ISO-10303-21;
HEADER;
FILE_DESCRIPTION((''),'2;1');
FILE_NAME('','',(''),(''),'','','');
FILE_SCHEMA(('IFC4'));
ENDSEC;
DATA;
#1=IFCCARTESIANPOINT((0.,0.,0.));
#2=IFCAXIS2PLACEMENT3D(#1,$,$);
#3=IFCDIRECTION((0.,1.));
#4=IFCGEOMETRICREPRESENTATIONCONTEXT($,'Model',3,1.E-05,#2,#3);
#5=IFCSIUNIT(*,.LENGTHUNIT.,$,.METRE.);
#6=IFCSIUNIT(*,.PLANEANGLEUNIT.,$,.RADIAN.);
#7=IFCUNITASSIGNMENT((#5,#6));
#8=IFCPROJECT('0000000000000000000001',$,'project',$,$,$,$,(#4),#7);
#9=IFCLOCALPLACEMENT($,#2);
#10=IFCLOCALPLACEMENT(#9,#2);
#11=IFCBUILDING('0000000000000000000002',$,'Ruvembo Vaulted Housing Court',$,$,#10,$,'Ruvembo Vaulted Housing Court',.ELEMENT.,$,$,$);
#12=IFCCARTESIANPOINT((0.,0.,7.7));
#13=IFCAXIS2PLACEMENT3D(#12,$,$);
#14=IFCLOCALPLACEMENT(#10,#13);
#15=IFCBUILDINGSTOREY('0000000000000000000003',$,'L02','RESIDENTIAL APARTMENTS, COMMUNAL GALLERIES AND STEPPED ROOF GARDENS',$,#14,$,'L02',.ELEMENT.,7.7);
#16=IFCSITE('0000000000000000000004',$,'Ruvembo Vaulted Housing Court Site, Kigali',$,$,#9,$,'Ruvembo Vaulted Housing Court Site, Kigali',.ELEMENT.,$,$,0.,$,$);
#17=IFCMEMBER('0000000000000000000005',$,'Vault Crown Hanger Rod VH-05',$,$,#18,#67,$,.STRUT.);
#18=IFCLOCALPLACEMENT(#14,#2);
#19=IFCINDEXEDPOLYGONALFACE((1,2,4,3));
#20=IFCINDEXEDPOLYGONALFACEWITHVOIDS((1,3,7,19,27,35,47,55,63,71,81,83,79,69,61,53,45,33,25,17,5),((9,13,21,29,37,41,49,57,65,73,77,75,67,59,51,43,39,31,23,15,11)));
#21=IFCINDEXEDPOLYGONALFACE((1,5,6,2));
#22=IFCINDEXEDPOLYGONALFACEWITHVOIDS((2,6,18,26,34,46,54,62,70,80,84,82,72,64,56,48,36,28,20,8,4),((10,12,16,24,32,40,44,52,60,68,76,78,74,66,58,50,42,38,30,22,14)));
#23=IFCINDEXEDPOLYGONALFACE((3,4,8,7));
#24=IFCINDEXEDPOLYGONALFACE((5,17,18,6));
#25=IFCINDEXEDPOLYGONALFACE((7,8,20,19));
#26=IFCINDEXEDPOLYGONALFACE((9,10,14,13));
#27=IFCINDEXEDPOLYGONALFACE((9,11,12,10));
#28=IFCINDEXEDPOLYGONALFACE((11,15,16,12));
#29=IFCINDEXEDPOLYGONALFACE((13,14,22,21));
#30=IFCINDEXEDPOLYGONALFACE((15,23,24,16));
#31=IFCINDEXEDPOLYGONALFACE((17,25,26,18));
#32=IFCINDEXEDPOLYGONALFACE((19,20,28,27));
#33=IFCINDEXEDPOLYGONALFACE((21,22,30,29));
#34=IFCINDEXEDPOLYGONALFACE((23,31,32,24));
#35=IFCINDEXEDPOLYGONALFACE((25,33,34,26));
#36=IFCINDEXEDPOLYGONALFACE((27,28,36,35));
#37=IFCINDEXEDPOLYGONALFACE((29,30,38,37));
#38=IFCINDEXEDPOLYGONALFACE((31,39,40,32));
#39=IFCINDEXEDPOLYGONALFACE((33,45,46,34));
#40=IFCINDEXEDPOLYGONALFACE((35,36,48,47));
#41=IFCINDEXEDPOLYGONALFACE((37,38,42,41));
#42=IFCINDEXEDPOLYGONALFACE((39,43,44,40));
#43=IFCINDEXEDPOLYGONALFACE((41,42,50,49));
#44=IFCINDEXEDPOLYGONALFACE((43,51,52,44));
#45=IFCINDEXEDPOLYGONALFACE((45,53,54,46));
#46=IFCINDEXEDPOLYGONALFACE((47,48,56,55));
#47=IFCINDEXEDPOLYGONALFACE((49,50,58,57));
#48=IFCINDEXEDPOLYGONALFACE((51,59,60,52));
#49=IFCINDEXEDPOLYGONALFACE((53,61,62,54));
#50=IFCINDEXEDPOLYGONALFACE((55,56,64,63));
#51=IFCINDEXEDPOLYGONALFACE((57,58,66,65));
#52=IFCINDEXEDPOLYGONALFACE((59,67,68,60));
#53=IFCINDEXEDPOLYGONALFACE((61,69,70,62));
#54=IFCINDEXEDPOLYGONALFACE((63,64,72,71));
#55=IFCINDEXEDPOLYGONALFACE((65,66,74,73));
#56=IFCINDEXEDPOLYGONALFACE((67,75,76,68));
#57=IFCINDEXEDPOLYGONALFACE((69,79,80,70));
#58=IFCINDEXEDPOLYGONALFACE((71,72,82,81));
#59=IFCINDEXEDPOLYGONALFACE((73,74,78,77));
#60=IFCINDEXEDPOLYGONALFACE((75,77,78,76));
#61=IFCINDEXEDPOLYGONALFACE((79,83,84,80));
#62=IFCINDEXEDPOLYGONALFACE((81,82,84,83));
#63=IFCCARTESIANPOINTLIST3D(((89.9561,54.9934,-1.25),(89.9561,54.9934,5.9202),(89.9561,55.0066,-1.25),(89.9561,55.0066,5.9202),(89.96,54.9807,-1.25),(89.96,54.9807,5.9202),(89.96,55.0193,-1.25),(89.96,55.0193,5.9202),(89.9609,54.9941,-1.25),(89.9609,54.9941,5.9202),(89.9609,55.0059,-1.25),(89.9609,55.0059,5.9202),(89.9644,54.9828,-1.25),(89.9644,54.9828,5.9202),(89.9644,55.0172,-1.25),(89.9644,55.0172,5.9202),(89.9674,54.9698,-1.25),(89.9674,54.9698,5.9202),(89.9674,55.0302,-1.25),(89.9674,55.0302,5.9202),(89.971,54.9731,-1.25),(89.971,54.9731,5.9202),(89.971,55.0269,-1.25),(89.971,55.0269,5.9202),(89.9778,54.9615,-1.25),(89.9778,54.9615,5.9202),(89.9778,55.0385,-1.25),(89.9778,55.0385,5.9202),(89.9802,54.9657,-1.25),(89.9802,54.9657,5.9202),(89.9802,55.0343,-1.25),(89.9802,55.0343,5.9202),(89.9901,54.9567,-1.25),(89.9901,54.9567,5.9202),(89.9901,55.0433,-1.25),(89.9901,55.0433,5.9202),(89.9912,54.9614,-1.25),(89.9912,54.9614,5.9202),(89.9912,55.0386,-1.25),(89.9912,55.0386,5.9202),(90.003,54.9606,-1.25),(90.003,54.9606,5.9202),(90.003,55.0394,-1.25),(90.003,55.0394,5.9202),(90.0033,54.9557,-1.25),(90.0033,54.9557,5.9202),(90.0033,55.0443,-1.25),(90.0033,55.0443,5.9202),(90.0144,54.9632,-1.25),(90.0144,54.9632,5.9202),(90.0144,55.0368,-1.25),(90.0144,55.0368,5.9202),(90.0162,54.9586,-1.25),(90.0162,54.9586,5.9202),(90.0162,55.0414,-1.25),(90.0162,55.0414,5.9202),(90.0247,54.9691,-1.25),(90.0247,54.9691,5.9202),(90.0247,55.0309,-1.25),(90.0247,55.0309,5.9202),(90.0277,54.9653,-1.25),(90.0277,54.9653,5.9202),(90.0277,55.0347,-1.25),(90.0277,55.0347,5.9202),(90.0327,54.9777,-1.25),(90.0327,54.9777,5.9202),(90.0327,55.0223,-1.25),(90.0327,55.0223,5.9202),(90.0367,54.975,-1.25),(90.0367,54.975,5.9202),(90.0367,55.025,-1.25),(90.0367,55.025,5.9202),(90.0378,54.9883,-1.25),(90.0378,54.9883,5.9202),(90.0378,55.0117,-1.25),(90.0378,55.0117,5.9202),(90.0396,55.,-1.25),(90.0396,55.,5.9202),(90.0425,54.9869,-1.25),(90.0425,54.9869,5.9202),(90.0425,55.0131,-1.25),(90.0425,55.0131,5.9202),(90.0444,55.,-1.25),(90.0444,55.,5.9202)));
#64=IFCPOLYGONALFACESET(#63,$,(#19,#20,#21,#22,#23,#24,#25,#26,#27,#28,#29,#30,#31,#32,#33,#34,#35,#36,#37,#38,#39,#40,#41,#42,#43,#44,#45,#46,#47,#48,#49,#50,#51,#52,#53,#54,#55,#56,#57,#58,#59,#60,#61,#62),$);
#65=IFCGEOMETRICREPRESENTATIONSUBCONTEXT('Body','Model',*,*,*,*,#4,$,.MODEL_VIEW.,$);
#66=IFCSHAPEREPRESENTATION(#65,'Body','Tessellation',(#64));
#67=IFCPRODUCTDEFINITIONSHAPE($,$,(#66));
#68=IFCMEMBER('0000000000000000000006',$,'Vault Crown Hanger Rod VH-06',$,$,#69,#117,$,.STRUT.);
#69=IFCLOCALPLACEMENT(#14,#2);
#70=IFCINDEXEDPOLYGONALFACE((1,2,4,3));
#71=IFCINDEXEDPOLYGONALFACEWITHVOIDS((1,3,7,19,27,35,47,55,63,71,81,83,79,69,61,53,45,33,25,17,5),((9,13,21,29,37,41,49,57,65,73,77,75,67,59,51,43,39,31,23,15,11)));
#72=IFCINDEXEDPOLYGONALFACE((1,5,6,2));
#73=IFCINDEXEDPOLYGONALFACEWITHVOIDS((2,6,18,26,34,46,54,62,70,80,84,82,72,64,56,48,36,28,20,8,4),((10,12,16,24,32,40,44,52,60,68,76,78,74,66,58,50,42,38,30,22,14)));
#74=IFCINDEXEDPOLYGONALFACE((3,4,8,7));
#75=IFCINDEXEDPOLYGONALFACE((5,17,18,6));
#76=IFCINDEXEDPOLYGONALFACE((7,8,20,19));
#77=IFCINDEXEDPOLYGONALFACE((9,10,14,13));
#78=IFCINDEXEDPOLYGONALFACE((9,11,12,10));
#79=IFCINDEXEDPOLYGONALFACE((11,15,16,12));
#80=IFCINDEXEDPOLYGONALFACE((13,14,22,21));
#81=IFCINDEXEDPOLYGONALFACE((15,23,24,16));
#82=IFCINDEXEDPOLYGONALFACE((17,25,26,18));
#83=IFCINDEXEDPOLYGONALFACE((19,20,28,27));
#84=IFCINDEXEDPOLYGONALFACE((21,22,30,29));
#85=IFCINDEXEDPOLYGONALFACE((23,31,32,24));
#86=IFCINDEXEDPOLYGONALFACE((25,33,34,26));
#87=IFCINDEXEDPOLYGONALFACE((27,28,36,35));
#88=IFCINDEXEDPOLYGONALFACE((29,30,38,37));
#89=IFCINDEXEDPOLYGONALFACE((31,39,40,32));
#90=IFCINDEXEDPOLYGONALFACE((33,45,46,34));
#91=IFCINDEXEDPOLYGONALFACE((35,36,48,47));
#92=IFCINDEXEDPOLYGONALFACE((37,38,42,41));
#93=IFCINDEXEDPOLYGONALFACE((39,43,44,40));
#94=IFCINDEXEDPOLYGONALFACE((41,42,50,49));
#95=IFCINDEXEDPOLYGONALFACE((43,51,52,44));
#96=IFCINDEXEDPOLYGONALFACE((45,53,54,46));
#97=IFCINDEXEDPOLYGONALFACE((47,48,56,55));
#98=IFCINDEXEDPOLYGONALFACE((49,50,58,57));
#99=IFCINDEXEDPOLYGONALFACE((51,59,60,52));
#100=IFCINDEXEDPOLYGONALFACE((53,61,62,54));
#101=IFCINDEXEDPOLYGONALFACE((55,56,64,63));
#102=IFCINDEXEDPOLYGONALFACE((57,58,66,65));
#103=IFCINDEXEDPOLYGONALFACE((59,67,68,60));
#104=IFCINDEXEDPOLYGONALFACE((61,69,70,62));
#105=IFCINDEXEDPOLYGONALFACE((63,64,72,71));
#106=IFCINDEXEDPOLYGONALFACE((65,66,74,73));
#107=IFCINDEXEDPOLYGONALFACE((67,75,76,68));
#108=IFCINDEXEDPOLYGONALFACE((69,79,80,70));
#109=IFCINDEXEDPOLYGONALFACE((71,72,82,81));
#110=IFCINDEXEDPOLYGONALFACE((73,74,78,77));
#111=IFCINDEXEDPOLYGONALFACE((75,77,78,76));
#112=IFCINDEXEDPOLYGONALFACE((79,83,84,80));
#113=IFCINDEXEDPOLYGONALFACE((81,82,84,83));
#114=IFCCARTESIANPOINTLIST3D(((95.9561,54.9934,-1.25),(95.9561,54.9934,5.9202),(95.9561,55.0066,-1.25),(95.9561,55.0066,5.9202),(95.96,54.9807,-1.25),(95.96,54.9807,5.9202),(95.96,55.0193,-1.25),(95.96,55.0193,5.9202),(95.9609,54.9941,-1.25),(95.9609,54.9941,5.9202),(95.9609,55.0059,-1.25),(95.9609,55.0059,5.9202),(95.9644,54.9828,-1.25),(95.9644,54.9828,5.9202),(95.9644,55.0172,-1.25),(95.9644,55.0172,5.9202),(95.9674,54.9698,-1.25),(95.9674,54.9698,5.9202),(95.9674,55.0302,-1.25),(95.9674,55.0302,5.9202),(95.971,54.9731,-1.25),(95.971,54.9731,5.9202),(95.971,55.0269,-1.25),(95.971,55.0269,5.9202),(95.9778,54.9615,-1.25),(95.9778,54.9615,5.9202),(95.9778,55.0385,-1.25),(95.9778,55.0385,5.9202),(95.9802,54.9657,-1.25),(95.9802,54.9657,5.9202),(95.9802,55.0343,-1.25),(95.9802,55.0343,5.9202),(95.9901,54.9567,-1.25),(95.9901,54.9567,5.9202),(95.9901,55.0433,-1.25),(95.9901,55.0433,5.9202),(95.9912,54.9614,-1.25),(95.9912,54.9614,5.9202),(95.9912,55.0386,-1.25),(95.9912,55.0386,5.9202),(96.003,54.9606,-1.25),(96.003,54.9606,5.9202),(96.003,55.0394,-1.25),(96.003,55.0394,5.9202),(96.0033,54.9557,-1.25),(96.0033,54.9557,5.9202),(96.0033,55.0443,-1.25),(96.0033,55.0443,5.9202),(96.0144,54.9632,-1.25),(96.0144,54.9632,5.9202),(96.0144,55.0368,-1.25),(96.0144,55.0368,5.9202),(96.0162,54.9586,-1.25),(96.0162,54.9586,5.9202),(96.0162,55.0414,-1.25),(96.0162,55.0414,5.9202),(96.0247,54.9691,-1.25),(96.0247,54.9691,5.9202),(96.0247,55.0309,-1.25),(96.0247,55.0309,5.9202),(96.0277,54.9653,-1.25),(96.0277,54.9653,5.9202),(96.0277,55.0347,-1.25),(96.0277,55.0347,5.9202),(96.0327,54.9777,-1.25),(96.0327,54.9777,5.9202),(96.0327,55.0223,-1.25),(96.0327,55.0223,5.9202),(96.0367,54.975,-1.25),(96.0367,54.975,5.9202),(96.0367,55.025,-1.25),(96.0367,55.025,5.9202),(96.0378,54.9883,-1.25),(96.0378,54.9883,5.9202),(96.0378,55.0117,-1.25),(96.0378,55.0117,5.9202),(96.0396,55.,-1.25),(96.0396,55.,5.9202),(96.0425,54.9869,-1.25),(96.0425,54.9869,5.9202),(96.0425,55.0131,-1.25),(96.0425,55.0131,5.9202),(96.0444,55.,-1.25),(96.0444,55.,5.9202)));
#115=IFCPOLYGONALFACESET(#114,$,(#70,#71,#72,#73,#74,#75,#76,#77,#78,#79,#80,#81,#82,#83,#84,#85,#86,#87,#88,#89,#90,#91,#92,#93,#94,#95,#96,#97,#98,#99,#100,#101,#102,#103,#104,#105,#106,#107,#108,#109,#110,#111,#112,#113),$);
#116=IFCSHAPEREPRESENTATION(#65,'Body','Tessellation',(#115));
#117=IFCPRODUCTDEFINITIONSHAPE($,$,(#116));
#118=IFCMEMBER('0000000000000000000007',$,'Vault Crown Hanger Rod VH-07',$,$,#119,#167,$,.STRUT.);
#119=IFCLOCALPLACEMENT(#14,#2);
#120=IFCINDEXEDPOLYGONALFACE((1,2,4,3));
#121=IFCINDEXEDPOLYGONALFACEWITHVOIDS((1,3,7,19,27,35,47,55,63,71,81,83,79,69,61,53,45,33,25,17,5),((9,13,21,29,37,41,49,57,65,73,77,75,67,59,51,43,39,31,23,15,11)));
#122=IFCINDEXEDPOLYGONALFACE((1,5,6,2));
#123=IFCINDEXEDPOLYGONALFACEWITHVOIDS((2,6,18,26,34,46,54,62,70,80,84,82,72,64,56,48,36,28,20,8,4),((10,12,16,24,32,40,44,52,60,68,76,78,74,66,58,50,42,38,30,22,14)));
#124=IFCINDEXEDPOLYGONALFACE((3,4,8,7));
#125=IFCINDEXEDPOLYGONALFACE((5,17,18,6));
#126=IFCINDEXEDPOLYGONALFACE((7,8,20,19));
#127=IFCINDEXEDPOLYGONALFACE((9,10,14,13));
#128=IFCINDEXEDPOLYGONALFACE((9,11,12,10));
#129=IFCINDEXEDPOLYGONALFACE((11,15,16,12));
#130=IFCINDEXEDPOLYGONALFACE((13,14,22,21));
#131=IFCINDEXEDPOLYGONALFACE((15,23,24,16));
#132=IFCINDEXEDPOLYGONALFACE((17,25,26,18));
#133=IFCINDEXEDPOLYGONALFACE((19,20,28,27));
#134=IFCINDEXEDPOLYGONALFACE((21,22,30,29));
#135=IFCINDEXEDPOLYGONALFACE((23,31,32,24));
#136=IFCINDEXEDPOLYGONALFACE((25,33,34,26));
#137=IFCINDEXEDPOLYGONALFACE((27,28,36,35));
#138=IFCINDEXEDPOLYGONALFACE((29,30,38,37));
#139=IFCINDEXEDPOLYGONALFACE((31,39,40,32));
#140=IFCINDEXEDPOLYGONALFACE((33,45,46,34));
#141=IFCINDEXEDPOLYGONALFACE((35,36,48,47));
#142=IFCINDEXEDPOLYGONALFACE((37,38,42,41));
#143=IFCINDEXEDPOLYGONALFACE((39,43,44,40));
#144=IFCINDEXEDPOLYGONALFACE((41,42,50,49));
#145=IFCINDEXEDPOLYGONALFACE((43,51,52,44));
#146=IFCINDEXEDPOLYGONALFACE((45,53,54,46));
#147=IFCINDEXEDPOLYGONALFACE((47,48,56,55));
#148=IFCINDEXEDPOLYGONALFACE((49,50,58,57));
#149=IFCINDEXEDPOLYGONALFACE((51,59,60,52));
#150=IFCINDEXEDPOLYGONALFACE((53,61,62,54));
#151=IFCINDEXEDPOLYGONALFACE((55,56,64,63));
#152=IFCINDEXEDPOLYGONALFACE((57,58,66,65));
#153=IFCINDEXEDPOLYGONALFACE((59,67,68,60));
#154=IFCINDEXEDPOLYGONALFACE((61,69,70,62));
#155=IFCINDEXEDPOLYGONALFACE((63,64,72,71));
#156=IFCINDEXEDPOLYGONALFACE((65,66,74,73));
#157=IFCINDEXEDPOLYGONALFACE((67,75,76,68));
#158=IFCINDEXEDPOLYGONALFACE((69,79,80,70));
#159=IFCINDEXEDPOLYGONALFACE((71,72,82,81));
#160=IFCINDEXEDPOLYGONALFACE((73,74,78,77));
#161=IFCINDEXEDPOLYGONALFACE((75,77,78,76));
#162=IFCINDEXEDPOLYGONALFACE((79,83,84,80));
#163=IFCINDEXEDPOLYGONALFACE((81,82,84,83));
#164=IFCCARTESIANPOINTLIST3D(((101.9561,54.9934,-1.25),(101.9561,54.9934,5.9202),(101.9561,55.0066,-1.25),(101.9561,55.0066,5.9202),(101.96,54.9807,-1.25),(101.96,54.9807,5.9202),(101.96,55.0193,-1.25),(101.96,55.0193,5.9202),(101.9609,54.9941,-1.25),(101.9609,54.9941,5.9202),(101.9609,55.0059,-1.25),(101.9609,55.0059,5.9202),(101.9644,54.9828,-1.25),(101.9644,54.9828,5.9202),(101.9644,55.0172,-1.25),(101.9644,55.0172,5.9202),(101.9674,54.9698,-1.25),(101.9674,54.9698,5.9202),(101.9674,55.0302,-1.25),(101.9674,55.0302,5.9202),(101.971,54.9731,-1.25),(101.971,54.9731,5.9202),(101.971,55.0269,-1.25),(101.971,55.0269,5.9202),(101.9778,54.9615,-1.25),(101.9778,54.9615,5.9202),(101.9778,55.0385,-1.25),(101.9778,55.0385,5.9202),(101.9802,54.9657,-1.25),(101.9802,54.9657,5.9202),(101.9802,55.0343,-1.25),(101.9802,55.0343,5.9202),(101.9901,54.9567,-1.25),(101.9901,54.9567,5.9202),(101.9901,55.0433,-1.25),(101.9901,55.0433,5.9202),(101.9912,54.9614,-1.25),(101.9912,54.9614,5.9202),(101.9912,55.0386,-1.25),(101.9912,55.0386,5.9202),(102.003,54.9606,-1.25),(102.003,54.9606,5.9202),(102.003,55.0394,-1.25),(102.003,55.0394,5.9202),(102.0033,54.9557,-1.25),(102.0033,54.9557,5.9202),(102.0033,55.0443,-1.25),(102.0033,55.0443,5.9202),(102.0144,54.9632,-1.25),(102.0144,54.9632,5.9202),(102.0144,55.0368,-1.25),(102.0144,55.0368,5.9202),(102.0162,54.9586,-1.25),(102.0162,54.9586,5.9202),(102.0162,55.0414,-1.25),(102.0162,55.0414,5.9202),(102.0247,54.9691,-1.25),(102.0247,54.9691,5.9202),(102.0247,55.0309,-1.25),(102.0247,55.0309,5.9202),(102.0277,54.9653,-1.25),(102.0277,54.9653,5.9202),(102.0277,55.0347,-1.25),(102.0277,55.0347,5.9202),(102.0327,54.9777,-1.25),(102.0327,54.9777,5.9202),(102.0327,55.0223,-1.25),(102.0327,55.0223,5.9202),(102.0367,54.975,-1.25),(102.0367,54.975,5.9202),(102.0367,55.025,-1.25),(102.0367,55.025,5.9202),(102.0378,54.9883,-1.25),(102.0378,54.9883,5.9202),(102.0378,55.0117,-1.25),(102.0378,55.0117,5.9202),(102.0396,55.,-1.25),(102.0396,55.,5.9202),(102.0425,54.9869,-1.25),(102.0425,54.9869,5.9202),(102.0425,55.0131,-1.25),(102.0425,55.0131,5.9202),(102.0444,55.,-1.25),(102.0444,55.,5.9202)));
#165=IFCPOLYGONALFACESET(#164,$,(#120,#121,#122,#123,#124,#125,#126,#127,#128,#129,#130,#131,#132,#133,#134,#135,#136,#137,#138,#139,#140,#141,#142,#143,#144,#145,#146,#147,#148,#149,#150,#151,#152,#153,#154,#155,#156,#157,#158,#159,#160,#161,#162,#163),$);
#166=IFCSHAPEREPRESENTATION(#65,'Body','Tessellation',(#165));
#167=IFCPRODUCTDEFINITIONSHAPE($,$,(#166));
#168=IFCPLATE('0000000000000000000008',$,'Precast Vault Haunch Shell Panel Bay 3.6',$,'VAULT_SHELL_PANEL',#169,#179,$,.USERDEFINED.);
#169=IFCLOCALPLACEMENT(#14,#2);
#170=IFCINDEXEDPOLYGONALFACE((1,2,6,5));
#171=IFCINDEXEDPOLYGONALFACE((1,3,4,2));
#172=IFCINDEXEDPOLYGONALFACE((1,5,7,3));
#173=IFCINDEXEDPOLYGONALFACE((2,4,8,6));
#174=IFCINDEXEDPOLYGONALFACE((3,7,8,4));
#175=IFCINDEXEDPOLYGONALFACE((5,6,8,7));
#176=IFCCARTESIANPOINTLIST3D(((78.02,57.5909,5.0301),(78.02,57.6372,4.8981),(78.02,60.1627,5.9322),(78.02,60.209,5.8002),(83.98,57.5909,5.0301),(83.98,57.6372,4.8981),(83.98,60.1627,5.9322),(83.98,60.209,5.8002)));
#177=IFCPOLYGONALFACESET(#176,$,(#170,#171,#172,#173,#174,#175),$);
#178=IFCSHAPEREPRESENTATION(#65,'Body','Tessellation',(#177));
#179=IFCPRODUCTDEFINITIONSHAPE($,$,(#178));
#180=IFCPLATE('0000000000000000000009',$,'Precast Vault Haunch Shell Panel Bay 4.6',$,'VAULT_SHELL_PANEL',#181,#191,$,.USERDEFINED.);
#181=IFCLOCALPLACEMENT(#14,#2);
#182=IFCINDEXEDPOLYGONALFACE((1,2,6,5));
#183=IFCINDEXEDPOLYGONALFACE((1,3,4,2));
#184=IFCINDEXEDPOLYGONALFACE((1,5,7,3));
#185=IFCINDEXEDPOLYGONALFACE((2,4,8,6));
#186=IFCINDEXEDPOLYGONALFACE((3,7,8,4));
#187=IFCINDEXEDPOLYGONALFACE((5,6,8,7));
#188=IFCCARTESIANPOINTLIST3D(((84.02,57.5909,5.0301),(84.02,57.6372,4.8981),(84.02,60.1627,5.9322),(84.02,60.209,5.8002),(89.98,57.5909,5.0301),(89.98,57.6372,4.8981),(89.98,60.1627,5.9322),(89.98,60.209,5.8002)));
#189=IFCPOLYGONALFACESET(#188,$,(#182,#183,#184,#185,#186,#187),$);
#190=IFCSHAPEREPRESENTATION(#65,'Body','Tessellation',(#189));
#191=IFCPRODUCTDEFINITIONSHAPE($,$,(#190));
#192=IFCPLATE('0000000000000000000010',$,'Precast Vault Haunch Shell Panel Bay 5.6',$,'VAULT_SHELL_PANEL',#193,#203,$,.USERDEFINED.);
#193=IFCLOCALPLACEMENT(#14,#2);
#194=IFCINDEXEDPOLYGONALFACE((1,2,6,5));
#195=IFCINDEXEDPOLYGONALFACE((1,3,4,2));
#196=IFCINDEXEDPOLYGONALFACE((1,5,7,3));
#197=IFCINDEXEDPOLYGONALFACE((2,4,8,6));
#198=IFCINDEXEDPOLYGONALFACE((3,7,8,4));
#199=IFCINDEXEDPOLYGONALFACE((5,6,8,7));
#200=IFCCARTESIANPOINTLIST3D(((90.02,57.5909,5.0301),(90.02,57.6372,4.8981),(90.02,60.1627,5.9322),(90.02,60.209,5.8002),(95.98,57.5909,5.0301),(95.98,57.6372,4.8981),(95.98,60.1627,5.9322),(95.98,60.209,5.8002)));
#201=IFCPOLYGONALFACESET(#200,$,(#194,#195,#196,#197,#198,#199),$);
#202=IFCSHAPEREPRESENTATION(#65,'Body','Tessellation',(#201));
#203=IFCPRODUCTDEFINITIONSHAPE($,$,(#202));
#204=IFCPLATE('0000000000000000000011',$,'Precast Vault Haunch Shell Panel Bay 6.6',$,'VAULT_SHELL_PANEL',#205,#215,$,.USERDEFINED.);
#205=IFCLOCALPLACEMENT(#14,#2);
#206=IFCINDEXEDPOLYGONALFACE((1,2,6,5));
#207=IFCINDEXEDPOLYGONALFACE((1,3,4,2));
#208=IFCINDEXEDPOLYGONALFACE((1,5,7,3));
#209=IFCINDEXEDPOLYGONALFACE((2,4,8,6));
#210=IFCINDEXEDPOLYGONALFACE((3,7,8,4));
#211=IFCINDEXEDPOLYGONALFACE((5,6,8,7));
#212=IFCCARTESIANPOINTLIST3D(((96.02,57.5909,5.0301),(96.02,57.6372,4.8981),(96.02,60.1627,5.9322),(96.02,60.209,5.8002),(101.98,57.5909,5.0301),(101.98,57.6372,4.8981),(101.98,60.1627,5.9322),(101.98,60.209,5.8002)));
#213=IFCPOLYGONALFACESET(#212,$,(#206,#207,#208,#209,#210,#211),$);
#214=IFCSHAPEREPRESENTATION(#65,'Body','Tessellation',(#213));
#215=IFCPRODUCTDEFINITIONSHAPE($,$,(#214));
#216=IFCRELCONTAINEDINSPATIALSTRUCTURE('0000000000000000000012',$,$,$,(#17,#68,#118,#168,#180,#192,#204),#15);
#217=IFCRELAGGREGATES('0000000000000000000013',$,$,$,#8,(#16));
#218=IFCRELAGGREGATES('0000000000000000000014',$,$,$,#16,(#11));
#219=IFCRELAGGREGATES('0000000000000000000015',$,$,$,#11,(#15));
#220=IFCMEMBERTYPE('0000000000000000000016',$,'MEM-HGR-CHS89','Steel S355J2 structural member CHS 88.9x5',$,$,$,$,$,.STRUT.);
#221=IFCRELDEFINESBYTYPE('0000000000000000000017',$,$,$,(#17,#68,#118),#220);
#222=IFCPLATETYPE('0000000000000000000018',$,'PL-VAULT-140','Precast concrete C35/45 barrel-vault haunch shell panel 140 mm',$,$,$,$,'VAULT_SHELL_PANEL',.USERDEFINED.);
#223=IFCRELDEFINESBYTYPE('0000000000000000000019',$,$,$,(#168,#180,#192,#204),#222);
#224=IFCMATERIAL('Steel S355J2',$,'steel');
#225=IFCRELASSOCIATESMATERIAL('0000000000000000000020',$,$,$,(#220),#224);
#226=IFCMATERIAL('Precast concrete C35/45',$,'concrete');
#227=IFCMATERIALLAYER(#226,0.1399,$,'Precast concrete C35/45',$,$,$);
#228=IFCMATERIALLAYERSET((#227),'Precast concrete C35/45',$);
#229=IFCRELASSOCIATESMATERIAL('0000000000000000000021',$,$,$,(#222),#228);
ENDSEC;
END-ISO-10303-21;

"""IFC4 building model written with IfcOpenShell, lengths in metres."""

from ifc_helpers import new_model, si_unit, direction, frame, origin, origin_2d, place, context, subcontext, project, spatial, rectangle, hollow_circle, extrude, material, layer, layer_set, material_profile, profile_set, type_object, element, save


model = new_model("IFC4")

# Units and contexts
model_context = context("Model", 3, precision=1e-05, world=origin(), true_north=direction((0.0, 1.0)))
body_context = subcontext(model_context, "Body", "Model", "MODEL_VIEW")
ifc_project = project(units=[si_unit("LENGTHUNIT", "METRE"), si_unit("PLANEANGLEUNIT", "RADIAN")], contexts=[model_context])

# Site, building, storey
site_placement = place(None, origin())
site = spatial("IfcSite", under=ifc_project, at=site_placement, Name="Ruvembo Vaulted Housing Court Site, Kigali", LongName="Ruvembo Vaulted Housing Court Site, Kigali", CompositionType="ELEMENT", RefElevation=0.0)
building_placement = place(site_placement, origin())
building = spatial("IfcBuilding", under=site, at=building_placement, Name="Ruvembo Vaulted Housing Court", LongName="Ruvembo Vaulted Housing Court", CompositionType="ELEMENT")
storey_placement = place(building_placement, frame((0.0, 0.0, 7.7)))
storey = spatial("IfcBuildingStorey", under=building, at=storey_placement, Name="L02", Description="RESIDENTIAL APARTMENTS, COMMUNAL GALLERIES AND STEPPED ROOF GARDENS", LongName="L02", CompositionType="ELEMENT", Elevation=7.7)

# Shared definitions
ifc_material_1 = material(Name="Steel S355J2", Category="steel")

# Members
ifc_material_profile_1 = material_profile(ifc_material_1, hollow_circle(Radius=0.0444, WallThickness=0.0049, at=origin_2d()), Name="CHS 88.9x5")
ifc_profile_set_1 = profile_set([ifc_material_profile_1], Name="Steel S355J2")
member_type_1 = type_object("IfcMemberType", Name="MEM-HGR-CHS89", Description="Steel S355J2 structural member CHS 88.9x5", PredefinedType="STRUT", material=ifc_profile_set_1)
for number, where, z_axis, x_axis, name in (
    (1, (90.0, 55.0, -1.25), (0.0, 0.0, 1.0), (1.0, 0.0, 0.0), "Vault Crown Hanger Rod VH-05"),
    (2, (96.0, 55.0, -1.25), (0.0, 0.0, 1.0), (1.0, 0.0, 0.0), "Vault Crown Hanger Rod VH-06"),
    (3, (102.0, 55.0, -1.25), (0.0, 0.0, 1.0), (1.0, 0.0, 0.0), "Vault Crown Hanger Rod VH-07"),
):
    element("IfcMember", number, at=place(storey_placement, frame(where, z_axis=z_axis, x_axis=x_axis)), inside=storey, type_object=member_type_1, Name=name, PredefinedType="STRUT", context=body_context, shape_type="SweptSolid", body=[
        extrude(hollow_circle(Radius=0.0444, WallThickness=0.0049, at=origin_2d()), origin(), (0.0, 0.0, 1.0), 7.1702),
    ])

# Plates
ifc_material_2 = material(Name="Precast concrete C35/45", Category="concrete")
ifc_layer = layer(ifc_material_2, 0.1399, Name="Precast concrete C35/45")
ifc_layer_set = layer_set([ifc_layer], Name="Precast concrete C35/45")
plate_type = type_object("IfcPlateType", Name="PL-VAULT-140", Description="Precast concrete C35/45 barrel-vault haunch shell panel 140 mm", ElementType="VAULT_SHELL_PANEL", PredefinedType="USERDEFINED", material=ifc_layer_set)
for number, where, z_axis, x_axis, name in (
    (4, (81.0, 58.9231, 5.3491), (0.0, -0.330992, 0.943634), (1.0, 0.0, 0.0), "Precast Vault Haunch Shell Panel Bay 3.6"),
    (5, (87.0, 58.9231, 5.3491), (0.0, -0.330992, 0.943634), (1.0, 0.0, 0.0), "Precast Vault Haunch Shell Panel Bay 4.6"),
    (6, (93.0, 58.9231, 5.3491), (0.0, -0.330992, 0.943634), (1.0, 0.0, 0.0), "Precast Vault Haunch Shell Panel Bay 5.6"),
    (7, (99.0, 58.9231, 5.3491), (0.0, -0.330992, 0.943634), (1.0, 0.0, 0.0), "Precast Vault Haunch Shell Panel Bay 6.6"),
):
    element("IfcPlate", number, at=place(storey_placement, frame(where, z_axis=z_axis, x_axis=x_axis)), inside=storey, type_object=plate_type, Name=name, ObjectType="VAULT_SHELL_PANEL", PredefinedType="USERDEFINED", context=body_context, shape_type="SweptSolid", body=[
        extrude(rectangle(XDim=5.96, YDim=2.7253, at=origin_2d()), origin(), (0.0, 0.0, 1.0), 0.1399),
    ])

save(model, "model.ifc")
